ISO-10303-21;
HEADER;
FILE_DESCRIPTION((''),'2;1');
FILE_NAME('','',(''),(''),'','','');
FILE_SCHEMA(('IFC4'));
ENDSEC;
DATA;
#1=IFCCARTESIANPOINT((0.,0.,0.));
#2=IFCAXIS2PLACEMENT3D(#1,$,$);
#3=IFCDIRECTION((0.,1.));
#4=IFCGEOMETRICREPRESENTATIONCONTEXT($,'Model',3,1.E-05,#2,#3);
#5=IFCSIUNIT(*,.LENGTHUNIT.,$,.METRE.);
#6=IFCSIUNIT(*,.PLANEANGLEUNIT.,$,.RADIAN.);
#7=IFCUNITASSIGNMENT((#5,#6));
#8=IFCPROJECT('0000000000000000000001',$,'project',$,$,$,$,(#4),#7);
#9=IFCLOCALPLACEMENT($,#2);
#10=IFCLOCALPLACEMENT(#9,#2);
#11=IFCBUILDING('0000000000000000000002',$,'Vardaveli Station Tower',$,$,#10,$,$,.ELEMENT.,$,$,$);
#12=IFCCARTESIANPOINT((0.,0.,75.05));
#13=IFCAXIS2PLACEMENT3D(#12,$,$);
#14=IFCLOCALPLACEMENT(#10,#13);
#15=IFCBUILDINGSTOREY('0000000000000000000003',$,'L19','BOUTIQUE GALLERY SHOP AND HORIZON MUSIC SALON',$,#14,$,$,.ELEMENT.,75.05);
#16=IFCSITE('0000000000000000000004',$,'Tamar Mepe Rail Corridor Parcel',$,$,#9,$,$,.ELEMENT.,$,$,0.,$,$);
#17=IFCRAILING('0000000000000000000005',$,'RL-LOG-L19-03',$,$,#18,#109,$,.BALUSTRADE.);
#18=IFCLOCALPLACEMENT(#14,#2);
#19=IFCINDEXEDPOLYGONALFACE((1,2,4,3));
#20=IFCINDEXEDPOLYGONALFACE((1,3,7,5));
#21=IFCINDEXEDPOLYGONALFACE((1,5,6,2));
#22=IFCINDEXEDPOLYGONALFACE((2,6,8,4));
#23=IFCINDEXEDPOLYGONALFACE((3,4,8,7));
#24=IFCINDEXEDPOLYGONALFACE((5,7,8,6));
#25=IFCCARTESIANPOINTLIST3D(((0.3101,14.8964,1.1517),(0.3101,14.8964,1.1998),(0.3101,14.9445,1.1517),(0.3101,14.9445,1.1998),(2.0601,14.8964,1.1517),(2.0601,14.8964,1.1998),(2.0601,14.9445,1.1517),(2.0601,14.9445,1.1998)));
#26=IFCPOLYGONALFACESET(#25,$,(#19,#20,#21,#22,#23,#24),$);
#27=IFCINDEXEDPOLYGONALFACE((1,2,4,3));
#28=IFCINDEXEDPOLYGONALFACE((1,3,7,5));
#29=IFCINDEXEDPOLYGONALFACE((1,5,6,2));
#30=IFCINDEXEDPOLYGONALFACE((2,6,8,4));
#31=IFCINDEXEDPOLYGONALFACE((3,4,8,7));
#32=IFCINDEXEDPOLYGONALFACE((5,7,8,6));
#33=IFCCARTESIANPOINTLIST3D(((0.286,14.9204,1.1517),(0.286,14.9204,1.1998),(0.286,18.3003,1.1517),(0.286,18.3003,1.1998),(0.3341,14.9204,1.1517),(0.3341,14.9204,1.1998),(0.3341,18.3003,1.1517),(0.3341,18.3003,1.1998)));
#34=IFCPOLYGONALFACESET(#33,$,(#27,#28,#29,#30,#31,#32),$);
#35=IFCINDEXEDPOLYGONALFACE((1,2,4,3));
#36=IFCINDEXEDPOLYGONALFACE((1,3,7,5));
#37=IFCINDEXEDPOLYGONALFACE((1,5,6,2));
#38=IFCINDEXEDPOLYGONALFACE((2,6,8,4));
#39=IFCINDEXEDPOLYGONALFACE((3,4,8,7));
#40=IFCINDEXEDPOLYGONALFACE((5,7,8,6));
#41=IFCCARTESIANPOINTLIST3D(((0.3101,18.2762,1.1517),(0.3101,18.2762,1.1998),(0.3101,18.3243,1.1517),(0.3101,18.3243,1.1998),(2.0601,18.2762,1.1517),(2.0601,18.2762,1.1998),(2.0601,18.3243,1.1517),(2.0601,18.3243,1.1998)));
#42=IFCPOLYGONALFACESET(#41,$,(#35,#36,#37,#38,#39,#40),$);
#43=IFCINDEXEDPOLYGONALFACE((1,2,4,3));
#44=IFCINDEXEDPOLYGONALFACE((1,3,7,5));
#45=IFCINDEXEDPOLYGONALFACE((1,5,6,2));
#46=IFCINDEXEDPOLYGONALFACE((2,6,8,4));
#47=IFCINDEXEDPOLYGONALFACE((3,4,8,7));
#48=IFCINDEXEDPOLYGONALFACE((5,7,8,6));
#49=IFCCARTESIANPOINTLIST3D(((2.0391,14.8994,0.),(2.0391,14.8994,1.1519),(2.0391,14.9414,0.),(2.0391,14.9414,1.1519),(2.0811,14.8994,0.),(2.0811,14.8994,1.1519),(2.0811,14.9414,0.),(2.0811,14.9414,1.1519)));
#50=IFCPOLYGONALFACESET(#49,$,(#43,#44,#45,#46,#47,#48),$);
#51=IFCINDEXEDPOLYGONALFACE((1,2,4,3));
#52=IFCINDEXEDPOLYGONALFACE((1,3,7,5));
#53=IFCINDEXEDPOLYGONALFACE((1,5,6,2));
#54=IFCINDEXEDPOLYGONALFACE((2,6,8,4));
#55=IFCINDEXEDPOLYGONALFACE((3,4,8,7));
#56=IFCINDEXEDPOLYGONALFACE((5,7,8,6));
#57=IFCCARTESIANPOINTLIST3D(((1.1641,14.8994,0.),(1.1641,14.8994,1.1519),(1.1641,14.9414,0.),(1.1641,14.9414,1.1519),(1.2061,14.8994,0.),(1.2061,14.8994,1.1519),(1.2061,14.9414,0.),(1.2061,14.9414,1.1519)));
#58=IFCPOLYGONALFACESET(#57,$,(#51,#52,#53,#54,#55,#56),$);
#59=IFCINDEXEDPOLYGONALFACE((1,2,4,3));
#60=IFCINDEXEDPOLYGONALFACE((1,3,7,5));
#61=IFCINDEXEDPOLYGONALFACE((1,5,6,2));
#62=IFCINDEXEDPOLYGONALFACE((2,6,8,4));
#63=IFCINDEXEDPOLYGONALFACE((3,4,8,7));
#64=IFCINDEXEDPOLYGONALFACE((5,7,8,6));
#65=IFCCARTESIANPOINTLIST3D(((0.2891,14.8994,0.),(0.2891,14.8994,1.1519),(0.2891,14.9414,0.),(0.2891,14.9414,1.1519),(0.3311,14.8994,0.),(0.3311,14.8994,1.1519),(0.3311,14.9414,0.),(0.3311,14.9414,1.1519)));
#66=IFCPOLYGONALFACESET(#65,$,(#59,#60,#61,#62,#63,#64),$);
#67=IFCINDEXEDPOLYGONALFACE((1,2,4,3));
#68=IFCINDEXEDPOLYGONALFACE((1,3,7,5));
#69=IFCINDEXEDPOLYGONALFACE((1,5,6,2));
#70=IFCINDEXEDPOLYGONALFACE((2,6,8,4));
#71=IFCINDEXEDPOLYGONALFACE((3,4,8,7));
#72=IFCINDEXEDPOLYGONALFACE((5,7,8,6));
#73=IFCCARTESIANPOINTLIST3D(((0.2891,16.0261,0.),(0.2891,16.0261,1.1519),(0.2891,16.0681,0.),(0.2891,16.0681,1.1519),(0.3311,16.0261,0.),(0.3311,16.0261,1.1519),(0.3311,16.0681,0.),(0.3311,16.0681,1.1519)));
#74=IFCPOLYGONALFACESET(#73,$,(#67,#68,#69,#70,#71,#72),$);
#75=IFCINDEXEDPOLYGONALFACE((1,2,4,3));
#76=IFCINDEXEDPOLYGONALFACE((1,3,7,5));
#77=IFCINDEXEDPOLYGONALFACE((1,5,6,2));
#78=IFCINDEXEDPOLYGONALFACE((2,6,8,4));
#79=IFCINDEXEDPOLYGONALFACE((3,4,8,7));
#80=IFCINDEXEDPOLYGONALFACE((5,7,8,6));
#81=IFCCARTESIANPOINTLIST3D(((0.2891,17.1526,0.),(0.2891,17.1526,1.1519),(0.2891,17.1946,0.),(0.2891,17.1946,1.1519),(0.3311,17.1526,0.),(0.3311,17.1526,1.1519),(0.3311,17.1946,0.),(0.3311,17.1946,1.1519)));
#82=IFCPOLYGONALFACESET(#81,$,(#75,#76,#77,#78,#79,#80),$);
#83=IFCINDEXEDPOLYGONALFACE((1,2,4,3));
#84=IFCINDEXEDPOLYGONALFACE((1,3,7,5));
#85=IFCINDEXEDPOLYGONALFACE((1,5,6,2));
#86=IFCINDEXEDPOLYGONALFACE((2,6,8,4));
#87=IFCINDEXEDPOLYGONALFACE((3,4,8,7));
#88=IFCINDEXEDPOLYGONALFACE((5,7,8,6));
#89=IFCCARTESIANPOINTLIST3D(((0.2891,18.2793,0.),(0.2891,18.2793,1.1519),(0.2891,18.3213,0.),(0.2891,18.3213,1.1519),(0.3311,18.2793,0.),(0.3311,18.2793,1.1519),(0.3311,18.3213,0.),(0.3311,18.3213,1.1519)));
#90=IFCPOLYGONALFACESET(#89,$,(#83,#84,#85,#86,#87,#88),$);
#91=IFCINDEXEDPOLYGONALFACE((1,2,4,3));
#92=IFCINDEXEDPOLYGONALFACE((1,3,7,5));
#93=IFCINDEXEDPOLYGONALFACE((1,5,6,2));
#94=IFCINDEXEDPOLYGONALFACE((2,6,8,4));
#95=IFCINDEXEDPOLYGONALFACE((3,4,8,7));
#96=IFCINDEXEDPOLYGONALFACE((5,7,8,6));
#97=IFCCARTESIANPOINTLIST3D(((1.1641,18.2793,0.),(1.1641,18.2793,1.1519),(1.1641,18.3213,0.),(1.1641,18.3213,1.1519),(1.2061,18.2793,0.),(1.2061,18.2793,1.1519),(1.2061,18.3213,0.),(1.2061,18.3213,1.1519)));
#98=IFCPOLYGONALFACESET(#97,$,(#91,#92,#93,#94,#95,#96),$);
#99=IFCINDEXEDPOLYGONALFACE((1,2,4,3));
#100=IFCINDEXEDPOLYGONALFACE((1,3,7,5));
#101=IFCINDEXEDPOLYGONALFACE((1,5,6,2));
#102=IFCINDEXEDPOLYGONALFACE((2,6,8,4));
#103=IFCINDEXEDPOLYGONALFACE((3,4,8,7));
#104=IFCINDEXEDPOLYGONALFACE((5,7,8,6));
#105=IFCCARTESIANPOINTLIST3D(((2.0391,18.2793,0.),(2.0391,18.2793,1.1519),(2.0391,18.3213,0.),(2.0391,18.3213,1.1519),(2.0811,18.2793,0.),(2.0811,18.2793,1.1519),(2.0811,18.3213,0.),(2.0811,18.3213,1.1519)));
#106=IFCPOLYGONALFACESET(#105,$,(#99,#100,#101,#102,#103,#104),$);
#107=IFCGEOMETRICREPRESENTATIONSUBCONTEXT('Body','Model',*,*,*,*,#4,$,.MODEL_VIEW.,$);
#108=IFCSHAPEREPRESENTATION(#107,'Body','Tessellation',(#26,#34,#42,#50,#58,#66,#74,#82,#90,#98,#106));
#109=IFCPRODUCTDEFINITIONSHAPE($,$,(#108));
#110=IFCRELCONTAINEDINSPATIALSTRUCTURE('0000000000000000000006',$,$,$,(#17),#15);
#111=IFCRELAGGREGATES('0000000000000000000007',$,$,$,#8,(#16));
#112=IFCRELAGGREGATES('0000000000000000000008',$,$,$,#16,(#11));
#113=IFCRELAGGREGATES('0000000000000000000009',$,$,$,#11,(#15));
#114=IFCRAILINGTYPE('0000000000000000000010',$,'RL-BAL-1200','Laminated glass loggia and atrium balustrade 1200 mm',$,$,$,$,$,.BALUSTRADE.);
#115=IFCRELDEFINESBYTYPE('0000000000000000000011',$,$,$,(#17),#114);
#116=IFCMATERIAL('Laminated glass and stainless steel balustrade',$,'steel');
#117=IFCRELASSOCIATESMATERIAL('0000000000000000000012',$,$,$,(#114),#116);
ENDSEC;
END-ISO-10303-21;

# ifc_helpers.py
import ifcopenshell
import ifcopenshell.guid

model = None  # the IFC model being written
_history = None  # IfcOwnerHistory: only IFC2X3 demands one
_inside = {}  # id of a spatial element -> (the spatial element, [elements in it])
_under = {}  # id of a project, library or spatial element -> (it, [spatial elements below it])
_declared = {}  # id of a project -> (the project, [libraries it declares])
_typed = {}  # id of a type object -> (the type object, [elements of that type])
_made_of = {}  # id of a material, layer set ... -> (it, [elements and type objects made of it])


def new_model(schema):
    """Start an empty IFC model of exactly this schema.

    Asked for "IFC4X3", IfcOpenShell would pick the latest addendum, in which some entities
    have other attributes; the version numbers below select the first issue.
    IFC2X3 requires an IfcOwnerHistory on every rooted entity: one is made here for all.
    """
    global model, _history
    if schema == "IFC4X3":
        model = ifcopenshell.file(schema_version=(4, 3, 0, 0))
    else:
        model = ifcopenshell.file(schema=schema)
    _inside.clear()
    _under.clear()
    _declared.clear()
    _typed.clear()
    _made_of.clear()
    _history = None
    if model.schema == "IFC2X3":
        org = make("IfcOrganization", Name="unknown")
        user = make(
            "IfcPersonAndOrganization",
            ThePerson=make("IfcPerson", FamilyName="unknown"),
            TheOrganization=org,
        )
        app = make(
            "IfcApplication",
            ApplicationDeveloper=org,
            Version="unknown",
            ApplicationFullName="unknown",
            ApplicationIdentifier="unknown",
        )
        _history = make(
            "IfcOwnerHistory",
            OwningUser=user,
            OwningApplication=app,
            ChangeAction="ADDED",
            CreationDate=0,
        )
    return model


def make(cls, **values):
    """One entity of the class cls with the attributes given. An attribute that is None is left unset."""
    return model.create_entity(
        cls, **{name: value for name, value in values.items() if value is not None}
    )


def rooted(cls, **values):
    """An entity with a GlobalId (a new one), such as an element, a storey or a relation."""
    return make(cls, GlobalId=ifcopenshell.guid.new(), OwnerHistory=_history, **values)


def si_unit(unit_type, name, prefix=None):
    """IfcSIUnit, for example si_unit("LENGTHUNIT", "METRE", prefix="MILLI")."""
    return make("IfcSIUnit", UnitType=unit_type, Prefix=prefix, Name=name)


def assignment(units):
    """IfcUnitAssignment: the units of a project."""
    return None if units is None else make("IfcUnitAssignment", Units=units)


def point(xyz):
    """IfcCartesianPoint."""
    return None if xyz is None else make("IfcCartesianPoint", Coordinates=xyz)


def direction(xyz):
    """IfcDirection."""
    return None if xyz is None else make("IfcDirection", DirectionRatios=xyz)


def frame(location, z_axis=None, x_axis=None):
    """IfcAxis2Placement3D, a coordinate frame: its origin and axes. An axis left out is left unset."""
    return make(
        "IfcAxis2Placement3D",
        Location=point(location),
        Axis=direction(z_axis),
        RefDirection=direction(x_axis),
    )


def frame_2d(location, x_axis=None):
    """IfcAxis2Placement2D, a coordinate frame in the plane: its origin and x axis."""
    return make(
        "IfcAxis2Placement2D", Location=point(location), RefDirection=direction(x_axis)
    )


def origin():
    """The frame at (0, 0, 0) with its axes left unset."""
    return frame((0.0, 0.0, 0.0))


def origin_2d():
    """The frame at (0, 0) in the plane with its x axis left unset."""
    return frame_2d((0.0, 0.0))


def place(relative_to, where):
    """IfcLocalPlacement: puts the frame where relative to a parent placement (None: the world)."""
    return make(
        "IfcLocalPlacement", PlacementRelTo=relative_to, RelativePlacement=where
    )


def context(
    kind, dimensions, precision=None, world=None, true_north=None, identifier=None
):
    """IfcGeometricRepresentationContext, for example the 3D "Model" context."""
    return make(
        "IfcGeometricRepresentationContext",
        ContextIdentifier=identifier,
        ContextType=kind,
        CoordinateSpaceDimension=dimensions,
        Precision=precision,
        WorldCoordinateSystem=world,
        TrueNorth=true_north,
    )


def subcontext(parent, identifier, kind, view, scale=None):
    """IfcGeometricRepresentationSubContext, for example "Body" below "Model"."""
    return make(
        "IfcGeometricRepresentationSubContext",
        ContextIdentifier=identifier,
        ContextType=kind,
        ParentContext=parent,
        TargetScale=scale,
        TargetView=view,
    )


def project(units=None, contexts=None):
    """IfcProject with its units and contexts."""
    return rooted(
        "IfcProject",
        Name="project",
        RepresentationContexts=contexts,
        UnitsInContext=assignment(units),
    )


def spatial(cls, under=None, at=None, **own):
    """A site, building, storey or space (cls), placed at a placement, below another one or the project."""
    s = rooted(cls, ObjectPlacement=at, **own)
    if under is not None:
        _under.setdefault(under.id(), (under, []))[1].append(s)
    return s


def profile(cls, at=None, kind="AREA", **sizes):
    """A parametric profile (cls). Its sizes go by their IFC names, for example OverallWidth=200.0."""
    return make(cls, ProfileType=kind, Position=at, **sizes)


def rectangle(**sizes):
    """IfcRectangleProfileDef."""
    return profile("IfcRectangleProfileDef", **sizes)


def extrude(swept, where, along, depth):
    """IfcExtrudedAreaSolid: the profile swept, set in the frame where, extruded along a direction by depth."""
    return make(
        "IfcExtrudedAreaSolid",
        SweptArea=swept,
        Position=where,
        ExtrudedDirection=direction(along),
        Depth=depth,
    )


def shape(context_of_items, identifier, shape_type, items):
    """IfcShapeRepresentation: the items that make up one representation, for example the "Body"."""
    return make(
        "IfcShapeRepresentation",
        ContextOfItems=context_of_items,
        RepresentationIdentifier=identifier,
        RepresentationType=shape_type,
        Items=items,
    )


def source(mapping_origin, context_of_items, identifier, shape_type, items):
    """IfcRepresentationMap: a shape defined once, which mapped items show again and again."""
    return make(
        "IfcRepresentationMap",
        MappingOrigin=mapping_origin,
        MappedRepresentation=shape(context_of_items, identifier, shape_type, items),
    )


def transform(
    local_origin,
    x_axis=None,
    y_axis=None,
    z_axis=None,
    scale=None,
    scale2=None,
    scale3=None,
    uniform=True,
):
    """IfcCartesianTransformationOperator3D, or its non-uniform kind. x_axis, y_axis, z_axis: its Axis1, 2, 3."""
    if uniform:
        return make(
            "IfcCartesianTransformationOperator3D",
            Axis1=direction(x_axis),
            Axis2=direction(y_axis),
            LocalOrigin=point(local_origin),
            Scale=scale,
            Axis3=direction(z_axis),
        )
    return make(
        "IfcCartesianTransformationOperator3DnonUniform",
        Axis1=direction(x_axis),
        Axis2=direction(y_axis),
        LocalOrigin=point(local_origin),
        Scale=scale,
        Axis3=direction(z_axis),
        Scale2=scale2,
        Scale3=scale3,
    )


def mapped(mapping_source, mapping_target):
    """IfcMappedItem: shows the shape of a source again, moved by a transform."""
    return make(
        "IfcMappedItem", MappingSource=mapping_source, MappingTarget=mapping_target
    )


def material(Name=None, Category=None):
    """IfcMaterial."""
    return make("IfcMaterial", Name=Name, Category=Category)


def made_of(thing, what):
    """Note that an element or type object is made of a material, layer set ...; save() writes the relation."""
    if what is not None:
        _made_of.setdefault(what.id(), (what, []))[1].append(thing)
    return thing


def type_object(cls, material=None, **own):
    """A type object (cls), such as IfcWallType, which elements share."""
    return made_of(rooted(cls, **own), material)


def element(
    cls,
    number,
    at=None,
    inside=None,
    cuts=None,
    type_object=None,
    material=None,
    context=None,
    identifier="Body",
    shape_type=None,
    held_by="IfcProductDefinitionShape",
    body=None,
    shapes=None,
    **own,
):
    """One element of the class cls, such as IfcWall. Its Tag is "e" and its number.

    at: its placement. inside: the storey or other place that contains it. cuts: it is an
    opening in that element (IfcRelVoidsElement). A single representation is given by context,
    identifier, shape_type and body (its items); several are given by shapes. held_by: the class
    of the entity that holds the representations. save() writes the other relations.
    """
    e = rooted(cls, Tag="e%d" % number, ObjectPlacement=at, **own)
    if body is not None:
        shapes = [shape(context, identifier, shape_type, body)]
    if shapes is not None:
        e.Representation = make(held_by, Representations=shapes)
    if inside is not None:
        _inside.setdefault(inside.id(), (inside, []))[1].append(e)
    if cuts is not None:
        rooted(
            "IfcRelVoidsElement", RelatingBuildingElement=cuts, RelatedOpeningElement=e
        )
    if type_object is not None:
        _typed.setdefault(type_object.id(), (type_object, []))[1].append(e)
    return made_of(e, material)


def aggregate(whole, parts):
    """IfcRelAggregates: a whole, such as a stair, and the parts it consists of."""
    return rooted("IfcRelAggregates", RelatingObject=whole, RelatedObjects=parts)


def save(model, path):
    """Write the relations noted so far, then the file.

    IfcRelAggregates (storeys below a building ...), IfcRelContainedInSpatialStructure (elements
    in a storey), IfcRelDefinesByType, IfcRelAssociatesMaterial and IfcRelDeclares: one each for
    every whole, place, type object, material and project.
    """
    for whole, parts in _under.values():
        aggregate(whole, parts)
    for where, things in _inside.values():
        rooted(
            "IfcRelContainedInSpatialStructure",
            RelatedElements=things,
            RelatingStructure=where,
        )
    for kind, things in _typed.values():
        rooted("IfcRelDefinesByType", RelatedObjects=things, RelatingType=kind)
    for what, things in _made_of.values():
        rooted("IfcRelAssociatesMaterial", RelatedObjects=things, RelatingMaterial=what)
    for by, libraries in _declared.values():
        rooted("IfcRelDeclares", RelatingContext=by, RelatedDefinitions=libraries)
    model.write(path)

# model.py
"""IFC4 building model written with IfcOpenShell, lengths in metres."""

from ifc_helpers import new_model, si_unit, direction, frame, origin, origin_2d, place, context, subcontext, project, spatial, rectangle, extrude, source, transform, mapped, material, type_object, element, save


model = new_model("IFC4")

# Units and contexts
model_context = context("Model", 3, precision=1e-05, world=origin(), true_north=direction((0.0, 1.0)))
body_context = subcontext(model_context, "Body", "Model", "MODEL_VIEW")
ifc_project = project(units=[si_unit("LENGTHUNIT", "METRE"), si_unit("PLANEANGLEUNIT", "RADIAN")], contexts=[model_context])

# Site, building, storey
site_placement = place(None, origin())
site = spatial("IfcSite", under=ifc_project, at=site_placement, Name="Tamar Mepe Rail Corridor Parcel", CompositionType="ELEMENT", RefElevation=0.0)
building_placement = place(site_placement, origin())
building = spatial("IfcBuilding", under=site, at=building_placement, Name="Vardaveli Station Tower", CompositionType="ELEMENT")
storey_placement = place(building_placement, frame((0.0, 0.0, 75.05)))
storey = spatial("IfcBuildingStorey", under=building, at=storey_placement, Name="L19", Description="BOUTIQUE GALLERY SHOP AND HORIZON MUSIC SALON", CompositionType="ELEMENT", Elevation=75.05)

# Railing
ifc_material_1 = material(Name="Laminated glass and stainless steel balustrade", Category="steel")
railing_type = type_object("IfcRailingType", Name="RL-BAL-1200", Description="Laminated glass loggia and atrium balustrade 1200 mm", PredefinedType="BALUSTRADE", material=ifc_material_1)
shared_shape_1 = source(origin(), body_context, "Body", "SweptSolid", [
    extrude(rectangle(XDim=0.0481, YDim=0.0481, at=origin_2d()), frame((0.0, 0.0, 1.1758), z_axis=(-1.0, 0.0, 0.0), x_axis=(0.0, -1.0, 0.0)), (0.0, 0.0, 1.0), 1.75),
    extrude(rectangle(XDim=0.0481, YDim=0.0481, at=origin_2d()), frame((-1.75, 0.0, 1.1758), z_axis=(0.0, 1.0, 0.0), x_axis=(-1.0, 0.0, 0.0)), (0.0, 0.0, 1.0), 3.3799),
    extrude(rectangle(XDim=0.0481, YDim=0.0481, at=origin_2d()), frame((-1.75, 3.3799, 1.1758), z_axis=(1.0, 0.0, 0.0), x_axis=(0.0, 1.0, 0.0)), (0.0, 0.0, 1.0), 1.75),
    extrude(rectangle(XDim=0.042, YDim=0.042, at=origin_2d()), origin(), (0.0, 0.0, 1.0), 1.1519),
    extrude(rectangle(XDim=0.042, YDim=0.042, at=origin_2d()), frame((-0.875, 0.0, 0.0)), (0.0, 0.0, 1.0), 1.1519),
    extrude(rectangle(XDim=0.042, YDim=0.042, at=origin_2d()), frame((-1.75, 0.0, 0.0)), (0.0, 0.0, 1.0), 1.1519),
    extrude(rectangle(XDim=0.042, YDim=0.042, at=origin_2d()), frame((-1.75, 1.1267, 0.0)), (0.0, 0.0, 1.0), 1.1519),
    extrude(rectangle(XDim=0.042, YDim=0.042, at=origin_2d()), frame((-1.75, 2.2532, 0.0)), (0.0, 0.0, 1.0), 1.1519),
    extrude(rectangle(XDim=0.042, YDim=0.042, at=origin_2d()), frame((-1.75, 3.3799, 0.0)), (0.0, 0.0, 1.0), 1.1519),
    extrude(rectangle(XDim=0.042, YDim=0.042, at=origin_2d()), frame((-0.875, 3.3799, 0.0)), (0.0, 0.0, 1.0), 1.1519),
    extrude(rectangle(XDim=0.042, YDim=0.042, at=origin_2d()), frame((0.0, 3.3799, 0.0)), (0.0, 0.0, 1.0), 1.1519),
])
railing_placement = place(storey_placement, frame((2.0601, 14.9204, 0.0)))
element("IfcRailing", 1, at=railing_placement, inside=storey, type_object=railing_type, Name="RL-LOG-L19-03", PredefinedType="BALUSTRADE", context=body_context, shape_type="MappedRepresentation", body=[
    mapped(shared_shape_1, transform((0.0, 0.0, 0.0), scale=1.0)),
])

save(model, "model.ifc")
